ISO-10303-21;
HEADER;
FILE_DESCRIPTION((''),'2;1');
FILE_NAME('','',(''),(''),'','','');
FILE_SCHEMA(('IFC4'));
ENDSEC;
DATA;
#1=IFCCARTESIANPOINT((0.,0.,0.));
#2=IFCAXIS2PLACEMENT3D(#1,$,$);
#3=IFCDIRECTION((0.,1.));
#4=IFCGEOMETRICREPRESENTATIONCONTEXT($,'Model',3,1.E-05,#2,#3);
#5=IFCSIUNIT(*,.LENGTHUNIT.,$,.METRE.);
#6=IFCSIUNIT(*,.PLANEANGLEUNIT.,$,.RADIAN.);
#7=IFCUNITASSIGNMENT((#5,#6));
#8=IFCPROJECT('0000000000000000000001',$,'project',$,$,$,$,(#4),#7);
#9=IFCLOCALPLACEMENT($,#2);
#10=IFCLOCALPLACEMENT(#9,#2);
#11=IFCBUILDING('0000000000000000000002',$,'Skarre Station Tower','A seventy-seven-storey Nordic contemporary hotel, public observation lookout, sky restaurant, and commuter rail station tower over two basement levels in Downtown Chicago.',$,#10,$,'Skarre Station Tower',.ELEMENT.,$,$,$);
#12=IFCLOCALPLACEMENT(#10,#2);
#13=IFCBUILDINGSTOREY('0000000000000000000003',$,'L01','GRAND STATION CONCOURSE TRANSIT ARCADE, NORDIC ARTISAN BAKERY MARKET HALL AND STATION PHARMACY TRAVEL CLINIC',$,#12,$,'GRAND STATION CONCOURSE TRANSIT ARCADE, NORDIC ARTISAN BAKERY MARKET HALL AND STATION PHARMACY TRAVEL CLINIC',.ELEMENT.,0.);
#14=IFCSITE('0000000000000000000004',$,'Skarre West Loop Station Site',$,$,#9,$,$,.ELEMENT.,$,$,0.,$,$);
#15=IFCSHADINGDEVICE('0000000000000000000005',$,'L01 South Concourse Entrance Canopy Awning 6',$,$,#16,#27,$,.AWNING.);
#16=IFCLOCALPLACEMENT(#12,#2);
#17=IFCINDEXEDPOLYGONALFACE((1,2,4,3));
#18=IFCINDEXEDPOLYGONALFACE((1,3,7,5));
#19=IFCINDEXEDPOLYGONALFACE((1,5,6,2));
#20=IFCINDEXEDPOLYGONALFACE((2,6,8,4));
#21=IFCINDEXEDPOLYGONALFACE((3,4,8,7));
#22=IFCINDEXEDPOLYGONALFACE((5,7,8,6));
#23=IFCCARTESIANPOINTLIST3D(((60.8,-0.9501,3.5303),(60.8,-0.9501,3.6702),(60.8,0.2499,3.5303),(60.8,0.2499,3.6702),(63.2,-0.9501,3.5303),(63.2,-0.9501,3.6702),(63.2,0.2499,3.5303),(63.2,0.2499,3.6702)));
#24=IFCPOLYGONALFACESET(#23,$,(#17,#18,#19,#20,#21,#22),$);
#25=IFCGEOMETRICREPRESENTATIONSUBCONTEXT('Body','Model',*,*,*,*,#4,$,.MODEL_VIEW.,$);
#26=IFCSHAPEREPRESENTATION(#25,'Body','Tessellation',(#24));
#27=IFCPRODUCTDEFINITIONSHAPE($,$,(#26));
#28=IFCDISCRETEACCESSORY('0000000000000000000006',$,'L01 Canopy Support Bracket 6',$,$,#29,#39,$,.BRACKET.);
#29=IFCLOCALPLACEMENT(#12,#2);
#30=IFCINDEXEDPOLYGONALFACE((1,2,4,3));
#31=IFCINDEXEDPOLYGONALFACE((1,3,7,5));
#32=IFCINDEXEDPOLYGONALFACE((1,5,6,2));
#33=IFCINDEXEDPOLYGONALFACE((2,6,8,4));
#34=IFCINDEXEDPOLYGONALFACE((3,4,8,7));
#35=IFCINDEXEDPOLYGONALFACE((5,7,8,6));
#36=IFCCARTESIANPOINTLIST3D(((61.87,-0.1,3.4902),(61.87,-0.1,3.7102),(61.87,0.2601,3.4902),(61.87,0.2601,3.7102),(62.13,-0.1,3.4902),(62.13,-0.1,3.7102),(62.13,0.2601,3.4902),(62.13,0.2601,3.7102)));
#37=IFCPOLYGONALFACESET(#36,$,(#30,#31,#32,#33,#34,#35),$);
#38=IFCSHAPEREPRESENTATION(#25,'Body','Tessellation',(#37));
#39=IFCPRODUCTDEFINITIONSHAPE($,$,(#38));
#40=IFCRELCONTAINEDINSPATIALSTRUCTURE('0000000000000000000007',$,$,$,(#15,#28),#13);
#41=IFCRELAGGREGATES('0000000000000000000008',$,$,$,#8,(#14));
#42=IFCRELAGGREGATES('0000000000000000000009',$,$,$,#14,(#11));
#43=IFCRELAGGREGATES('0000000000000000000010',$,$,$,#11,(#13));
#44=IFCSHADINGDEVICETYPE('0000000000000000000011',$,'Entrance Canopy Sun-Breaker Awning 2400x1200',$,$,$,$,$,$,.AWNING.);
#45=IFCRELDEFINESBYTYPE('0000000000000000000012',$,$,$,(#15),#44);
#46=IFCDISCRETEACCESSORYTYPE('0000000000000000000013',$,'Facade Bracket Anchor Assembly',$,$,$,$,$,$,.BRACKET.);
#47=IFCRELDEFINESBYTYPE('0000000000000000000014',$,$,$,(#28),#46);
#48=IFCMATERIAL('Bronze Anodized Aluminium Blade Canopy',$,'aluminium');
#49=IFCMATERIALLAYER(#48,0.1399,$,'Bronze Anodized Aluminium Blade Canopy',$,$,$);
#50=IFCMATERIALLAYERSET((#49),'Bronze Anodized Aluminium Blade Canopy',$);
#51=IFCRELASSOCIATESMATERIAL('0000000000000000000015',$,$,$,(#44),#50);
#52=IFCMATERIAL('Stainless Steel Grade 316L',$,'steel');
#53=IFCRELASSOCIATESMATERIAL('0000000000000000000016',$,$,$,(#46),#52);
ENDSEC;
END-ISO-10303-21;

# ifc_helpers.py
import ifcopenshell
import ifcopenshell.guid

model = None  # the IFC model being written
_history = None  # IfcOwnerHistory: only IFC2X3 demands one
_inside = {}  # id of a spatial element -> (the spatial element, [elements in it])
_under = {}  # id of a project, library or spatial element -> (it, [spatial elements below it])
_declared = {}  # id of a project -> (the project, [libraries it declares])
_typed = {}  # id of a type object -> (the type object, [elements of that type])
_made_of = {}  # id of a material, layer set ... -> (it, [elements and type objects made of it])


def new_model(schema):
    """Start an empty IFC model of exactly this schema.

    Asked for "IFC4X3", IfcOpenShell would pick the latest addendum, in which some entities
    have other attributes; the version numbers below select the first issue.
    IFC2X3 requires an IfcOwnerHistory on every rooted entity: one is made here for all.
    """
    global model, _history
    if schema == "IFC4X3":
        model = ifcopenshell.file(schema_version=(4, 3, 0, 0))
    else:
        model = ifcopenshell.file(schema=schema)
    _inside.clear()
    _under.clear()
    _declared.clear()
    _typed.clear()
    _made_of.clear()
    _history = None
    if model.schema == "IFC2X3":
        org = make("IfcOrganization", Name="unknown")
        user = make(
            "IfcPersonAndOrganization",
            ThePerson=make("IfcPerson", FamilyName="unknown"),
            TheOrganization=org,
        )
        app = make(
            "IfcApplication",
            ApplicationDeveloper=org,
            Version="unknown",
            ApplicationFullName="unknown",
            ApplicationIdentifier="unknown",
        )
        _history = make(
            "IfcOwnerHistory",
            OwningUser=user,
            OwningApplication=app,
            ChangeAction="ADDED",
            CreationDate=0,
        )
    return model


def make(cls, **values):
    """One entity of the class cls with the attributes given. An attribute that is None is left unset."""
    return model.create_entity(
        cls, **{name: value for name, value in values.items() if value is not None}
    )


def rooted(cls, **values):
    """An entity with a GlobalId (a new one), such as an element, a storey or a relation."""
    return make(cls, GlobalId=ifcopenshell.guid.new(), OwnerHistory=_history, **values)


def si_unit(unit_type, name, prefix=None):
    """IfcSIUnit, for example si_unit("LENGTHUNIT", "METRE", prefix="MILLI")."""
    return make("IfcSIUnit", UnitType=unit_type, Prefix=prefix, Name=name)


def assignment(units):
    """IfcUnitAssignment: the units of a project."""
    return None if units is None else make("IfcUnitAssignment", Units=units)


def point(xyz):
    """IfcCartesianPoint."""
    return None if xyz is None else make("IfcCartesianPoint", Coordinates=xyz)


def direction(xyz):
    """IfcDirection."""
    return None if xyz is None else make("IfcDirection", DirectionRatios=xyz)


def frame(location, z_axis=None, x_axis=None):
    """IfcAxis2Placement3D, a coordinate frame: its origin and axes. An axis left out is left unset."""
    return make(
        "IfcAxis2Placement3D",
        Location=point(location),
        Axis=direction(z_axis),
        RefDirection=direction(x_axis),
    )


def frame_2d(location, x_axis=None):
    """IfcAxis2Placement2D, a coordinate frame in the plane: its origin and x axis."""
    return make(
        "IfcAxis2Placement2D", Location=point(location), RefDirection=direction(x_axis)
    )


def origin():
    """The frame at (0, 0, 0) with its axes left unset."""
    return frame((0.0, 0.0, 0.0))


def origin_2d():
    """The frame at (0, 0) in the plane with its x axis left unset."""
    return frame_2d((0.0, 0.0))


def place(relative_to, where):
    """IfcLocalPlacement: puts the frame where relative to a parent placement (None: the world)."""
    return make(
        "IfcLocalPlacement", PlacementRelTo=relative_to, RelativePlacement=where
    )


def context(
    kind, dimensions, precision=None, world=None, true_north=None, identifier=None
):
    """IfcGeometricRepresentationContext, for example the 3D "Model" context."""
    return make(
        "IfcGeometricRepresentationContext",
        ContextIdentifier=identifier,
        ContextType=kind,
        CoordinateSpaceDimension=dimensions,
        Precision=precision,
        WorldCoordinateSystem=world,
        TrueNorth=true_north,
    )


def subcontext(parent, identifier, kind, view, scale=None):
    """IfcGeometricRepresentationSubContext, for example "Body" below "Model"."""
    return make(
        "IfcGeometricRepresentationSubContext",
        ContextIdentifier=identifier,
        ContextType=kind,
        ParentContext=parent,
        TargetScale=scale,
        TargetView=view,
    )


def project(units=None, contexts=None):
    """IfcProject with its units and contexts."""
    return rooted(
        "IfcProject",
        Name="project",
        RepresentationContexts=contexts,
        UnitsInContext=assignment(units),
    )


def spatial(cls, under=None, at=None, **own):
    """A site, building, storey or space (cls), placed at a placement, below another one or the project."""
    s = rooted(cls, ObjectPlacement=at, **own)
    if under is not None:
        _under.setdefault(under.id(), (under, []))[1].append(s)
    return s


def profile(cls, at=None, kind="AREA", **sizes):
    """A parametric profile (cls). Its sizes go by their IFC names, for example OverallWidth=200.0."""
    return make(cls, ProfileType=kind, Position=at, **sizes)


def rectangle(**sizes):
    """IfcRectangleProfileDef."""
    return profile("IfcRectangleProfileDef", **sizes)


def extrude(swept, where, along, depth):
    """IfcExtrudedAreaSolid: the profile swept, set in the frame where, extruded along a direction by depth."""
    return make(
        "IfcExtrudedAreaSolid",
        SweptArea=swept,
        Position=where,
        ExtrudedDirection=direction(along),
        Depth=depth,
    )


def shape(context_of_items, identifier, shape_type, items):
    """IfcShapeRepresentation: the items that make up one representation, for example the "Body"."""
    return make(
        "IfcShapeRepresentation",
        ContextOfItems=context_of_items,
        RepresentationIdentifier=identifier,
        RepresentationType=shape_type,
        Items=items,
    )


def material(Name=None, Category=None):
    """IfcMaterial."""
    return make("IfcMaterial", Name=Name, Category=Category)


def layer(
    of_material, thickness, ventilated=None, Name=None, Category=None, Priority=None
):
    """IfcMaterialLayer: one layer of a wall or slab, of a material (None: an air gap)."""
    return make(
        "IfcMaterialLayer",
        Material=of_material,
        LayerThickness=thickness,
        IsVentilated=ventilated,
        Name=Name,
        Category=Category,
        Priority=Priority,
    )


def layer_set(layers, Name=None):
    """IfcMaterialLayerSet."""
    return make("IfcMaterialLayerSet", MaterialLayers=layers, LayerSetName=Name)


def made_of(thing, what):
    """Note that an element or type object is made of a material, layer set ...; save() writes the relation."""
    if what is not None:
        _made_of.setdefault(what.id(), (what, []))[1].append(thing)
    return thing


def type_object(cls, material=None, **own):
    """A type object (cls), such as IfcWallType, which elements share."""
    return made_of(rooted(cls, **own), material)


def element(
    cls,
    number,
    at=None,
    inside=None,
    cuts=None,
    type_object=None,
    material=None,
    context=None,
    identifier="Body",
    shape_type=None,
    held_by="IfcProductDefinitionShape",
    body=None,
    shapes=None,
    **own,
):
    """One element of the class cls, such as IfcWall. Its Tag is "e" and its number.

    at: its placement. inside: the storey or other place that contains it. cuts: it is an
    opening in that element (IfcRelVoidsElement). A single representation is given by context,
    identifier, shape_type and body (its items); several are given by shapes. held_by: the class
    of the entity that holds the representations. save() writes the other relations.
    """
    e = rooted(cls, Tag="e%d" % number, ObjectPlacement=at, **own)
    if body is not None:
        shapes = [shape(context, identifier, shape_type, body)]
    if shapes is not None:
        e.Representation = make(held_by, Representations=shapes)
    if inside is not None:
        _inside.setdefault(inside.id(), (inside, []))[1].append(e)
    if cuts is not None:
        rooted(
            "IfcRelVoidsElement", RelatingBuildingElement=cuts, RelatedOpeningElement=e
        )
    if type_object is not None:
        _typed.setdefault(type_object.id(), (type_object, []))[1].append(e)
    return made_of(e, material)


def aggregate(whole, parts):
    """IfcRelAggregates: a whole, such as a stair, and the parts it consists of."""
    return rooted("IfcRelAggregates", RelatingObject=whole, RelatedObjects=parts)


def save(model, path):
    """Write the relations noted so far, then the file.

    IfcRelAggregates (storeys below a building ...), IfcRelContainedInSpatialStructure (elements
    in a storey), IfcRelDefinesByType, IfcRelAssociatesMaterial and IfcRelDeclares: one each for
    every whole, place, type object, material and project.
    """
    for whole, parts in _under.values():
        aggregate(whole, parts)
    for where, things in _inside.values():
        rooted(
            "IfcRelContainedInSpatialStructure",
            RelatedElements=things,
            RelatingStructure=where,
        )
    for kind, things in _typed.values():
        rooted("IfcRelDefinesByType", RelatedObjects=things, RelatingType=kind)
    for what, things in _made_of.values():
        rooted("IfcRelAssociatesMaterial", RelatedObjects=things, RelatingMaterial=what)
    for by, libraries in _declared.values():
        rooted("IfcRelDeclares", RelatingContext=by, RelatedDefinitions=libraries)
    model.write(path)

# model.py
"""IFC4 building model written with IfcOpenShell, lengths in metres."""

from ifc_helpers import new_model, si_unit, direction, frame, origin, origin_2d, place, context, subcontext, project, spatial, rectangle, extrude, material, layer, layer_set, type_object, element, save


model = new_model("IFC4")

# Units and contexts
model_context = context("Model", 3, precision=1e-05, world=origin(), true_north=direction((0.0, 1.0)))
body_context = subcontext(model_context, "Body", "Model", "MODEL_VIEW")
ifc_project = project(units=[si_unit("LENGTHUNIT", "METRE"), si_unit("PLANEANGLEUNIT", "RADIAN")], contexts=[model_context])

# Site, building, storey
site_placement = place(None, origin())
site = spatial("IfcSite", under=ifc_project, at=site_placement, Name="Skarre West Loop Station Site", CompositionType="ELEMENT", RefElevation=0.0)
building_placement = place(site_placement, origin())
building = spatial("IfcBuilding", under=site, at=building_placement, Name="Skarre Station Tower", Description="A seventy-seven-storey Nordic contemporary hotel, public observation lookout, sky restaurant, and commuter rail station tower over two basement levels in Downtown Chicago.", LongName="Skarre Station Tower", CompositionType="ELEMENT")
storey_placement = place(building_placement, origin())
storey = spatial("IfcBuildingStorey", under=building, at=storey_placement, Name="L01", Description="GRAND STATION CONCOURSE TRANSIT ARCADE, NORDIC ARTISAN BAKERY MARKET HALL AND STATION PHARMACY TRAVEL CLINIC", LongName="GRAND STATION CONCOURSE TRANSIT ARCADE, NORDIC ARTISAN BAKERY MARKET HALL AND STATION PHARMACY TRAVEL CLINIC", CompositionType="ELEMENT", Elevation=0.0)

# Shading device
ifc_material_1 = material(Name="Bronze Anodized Aluminium Blade Canopy", Category="aluminium")
ifc_layer_1 = layer(ifc_material_1, 0.1399, Name="Bronze Anodized Aluminium Blade Canopy")
ifc_layer_set_1 = layer_set([ifc_layer_1], Name="Bronze Anodized Aluminium Blade Canopy")
shading_device_type = type_object("IfcShadingDeviceType", Name="Entrance Canopy Sun-Breaker Awning 2400x1200", PredefinedType="AWNING", material=ifc_layer_set_1)
shading_device_placement = place(storey_placement, frame((62.0, -0.3501, 3.5303), z_axis=(0.0, 0.0, 1.0), x_axis=(1.0, 0.0, 0.0)))
element("IfcShadingDevice", 1, at=shading_device_placement, inside=storey, type_object=shading_device_type, Name="L01 South Concourse Entrance Canopy Awning 6", PredefinedType="AWNING", context=body_context, shape_type="SweptSolid", body=[
    extrude(rectangle(XDim=2.3999, YDim=1.2, at=origin_2d()), origin(), (0.0, 0.0, 1.0), 0.1399),
])

# Discrete accessory
ifc_material_2 = material(Name="Stainless Steel Grade 316L", Category="steel")
discrete_accessory_type = type_object("IfcDiscreteAccessoryType", Name="Facade Bracket Anchor Assembly", PredefinedType="BRACKET", material=ifc_material_2)
discrete_accessory_placement = place(storey_placement, frame((62.0, 0.0801, 3.4902), z_axis=(0.0, 0.0, 1.0), x_axis=(1.0, 0.0, 0.0)))
element("IfcDiscreteAccessory", 2, at=discrete_accessory_placement, inside=storey, type_object=discrete_accessory_type, Name="L01 Canopy Support Bracket 6", PredefinedType="BRACKET", context=body_context, shape_type="SweptSolid", body=[
    extrude(rectangle(XDim=0.26, YDim=0.3601, at=origin_2d()), origin(), (0.0, 0.0, 1.0), 0.22),
])

save(model, "model.ifc")
